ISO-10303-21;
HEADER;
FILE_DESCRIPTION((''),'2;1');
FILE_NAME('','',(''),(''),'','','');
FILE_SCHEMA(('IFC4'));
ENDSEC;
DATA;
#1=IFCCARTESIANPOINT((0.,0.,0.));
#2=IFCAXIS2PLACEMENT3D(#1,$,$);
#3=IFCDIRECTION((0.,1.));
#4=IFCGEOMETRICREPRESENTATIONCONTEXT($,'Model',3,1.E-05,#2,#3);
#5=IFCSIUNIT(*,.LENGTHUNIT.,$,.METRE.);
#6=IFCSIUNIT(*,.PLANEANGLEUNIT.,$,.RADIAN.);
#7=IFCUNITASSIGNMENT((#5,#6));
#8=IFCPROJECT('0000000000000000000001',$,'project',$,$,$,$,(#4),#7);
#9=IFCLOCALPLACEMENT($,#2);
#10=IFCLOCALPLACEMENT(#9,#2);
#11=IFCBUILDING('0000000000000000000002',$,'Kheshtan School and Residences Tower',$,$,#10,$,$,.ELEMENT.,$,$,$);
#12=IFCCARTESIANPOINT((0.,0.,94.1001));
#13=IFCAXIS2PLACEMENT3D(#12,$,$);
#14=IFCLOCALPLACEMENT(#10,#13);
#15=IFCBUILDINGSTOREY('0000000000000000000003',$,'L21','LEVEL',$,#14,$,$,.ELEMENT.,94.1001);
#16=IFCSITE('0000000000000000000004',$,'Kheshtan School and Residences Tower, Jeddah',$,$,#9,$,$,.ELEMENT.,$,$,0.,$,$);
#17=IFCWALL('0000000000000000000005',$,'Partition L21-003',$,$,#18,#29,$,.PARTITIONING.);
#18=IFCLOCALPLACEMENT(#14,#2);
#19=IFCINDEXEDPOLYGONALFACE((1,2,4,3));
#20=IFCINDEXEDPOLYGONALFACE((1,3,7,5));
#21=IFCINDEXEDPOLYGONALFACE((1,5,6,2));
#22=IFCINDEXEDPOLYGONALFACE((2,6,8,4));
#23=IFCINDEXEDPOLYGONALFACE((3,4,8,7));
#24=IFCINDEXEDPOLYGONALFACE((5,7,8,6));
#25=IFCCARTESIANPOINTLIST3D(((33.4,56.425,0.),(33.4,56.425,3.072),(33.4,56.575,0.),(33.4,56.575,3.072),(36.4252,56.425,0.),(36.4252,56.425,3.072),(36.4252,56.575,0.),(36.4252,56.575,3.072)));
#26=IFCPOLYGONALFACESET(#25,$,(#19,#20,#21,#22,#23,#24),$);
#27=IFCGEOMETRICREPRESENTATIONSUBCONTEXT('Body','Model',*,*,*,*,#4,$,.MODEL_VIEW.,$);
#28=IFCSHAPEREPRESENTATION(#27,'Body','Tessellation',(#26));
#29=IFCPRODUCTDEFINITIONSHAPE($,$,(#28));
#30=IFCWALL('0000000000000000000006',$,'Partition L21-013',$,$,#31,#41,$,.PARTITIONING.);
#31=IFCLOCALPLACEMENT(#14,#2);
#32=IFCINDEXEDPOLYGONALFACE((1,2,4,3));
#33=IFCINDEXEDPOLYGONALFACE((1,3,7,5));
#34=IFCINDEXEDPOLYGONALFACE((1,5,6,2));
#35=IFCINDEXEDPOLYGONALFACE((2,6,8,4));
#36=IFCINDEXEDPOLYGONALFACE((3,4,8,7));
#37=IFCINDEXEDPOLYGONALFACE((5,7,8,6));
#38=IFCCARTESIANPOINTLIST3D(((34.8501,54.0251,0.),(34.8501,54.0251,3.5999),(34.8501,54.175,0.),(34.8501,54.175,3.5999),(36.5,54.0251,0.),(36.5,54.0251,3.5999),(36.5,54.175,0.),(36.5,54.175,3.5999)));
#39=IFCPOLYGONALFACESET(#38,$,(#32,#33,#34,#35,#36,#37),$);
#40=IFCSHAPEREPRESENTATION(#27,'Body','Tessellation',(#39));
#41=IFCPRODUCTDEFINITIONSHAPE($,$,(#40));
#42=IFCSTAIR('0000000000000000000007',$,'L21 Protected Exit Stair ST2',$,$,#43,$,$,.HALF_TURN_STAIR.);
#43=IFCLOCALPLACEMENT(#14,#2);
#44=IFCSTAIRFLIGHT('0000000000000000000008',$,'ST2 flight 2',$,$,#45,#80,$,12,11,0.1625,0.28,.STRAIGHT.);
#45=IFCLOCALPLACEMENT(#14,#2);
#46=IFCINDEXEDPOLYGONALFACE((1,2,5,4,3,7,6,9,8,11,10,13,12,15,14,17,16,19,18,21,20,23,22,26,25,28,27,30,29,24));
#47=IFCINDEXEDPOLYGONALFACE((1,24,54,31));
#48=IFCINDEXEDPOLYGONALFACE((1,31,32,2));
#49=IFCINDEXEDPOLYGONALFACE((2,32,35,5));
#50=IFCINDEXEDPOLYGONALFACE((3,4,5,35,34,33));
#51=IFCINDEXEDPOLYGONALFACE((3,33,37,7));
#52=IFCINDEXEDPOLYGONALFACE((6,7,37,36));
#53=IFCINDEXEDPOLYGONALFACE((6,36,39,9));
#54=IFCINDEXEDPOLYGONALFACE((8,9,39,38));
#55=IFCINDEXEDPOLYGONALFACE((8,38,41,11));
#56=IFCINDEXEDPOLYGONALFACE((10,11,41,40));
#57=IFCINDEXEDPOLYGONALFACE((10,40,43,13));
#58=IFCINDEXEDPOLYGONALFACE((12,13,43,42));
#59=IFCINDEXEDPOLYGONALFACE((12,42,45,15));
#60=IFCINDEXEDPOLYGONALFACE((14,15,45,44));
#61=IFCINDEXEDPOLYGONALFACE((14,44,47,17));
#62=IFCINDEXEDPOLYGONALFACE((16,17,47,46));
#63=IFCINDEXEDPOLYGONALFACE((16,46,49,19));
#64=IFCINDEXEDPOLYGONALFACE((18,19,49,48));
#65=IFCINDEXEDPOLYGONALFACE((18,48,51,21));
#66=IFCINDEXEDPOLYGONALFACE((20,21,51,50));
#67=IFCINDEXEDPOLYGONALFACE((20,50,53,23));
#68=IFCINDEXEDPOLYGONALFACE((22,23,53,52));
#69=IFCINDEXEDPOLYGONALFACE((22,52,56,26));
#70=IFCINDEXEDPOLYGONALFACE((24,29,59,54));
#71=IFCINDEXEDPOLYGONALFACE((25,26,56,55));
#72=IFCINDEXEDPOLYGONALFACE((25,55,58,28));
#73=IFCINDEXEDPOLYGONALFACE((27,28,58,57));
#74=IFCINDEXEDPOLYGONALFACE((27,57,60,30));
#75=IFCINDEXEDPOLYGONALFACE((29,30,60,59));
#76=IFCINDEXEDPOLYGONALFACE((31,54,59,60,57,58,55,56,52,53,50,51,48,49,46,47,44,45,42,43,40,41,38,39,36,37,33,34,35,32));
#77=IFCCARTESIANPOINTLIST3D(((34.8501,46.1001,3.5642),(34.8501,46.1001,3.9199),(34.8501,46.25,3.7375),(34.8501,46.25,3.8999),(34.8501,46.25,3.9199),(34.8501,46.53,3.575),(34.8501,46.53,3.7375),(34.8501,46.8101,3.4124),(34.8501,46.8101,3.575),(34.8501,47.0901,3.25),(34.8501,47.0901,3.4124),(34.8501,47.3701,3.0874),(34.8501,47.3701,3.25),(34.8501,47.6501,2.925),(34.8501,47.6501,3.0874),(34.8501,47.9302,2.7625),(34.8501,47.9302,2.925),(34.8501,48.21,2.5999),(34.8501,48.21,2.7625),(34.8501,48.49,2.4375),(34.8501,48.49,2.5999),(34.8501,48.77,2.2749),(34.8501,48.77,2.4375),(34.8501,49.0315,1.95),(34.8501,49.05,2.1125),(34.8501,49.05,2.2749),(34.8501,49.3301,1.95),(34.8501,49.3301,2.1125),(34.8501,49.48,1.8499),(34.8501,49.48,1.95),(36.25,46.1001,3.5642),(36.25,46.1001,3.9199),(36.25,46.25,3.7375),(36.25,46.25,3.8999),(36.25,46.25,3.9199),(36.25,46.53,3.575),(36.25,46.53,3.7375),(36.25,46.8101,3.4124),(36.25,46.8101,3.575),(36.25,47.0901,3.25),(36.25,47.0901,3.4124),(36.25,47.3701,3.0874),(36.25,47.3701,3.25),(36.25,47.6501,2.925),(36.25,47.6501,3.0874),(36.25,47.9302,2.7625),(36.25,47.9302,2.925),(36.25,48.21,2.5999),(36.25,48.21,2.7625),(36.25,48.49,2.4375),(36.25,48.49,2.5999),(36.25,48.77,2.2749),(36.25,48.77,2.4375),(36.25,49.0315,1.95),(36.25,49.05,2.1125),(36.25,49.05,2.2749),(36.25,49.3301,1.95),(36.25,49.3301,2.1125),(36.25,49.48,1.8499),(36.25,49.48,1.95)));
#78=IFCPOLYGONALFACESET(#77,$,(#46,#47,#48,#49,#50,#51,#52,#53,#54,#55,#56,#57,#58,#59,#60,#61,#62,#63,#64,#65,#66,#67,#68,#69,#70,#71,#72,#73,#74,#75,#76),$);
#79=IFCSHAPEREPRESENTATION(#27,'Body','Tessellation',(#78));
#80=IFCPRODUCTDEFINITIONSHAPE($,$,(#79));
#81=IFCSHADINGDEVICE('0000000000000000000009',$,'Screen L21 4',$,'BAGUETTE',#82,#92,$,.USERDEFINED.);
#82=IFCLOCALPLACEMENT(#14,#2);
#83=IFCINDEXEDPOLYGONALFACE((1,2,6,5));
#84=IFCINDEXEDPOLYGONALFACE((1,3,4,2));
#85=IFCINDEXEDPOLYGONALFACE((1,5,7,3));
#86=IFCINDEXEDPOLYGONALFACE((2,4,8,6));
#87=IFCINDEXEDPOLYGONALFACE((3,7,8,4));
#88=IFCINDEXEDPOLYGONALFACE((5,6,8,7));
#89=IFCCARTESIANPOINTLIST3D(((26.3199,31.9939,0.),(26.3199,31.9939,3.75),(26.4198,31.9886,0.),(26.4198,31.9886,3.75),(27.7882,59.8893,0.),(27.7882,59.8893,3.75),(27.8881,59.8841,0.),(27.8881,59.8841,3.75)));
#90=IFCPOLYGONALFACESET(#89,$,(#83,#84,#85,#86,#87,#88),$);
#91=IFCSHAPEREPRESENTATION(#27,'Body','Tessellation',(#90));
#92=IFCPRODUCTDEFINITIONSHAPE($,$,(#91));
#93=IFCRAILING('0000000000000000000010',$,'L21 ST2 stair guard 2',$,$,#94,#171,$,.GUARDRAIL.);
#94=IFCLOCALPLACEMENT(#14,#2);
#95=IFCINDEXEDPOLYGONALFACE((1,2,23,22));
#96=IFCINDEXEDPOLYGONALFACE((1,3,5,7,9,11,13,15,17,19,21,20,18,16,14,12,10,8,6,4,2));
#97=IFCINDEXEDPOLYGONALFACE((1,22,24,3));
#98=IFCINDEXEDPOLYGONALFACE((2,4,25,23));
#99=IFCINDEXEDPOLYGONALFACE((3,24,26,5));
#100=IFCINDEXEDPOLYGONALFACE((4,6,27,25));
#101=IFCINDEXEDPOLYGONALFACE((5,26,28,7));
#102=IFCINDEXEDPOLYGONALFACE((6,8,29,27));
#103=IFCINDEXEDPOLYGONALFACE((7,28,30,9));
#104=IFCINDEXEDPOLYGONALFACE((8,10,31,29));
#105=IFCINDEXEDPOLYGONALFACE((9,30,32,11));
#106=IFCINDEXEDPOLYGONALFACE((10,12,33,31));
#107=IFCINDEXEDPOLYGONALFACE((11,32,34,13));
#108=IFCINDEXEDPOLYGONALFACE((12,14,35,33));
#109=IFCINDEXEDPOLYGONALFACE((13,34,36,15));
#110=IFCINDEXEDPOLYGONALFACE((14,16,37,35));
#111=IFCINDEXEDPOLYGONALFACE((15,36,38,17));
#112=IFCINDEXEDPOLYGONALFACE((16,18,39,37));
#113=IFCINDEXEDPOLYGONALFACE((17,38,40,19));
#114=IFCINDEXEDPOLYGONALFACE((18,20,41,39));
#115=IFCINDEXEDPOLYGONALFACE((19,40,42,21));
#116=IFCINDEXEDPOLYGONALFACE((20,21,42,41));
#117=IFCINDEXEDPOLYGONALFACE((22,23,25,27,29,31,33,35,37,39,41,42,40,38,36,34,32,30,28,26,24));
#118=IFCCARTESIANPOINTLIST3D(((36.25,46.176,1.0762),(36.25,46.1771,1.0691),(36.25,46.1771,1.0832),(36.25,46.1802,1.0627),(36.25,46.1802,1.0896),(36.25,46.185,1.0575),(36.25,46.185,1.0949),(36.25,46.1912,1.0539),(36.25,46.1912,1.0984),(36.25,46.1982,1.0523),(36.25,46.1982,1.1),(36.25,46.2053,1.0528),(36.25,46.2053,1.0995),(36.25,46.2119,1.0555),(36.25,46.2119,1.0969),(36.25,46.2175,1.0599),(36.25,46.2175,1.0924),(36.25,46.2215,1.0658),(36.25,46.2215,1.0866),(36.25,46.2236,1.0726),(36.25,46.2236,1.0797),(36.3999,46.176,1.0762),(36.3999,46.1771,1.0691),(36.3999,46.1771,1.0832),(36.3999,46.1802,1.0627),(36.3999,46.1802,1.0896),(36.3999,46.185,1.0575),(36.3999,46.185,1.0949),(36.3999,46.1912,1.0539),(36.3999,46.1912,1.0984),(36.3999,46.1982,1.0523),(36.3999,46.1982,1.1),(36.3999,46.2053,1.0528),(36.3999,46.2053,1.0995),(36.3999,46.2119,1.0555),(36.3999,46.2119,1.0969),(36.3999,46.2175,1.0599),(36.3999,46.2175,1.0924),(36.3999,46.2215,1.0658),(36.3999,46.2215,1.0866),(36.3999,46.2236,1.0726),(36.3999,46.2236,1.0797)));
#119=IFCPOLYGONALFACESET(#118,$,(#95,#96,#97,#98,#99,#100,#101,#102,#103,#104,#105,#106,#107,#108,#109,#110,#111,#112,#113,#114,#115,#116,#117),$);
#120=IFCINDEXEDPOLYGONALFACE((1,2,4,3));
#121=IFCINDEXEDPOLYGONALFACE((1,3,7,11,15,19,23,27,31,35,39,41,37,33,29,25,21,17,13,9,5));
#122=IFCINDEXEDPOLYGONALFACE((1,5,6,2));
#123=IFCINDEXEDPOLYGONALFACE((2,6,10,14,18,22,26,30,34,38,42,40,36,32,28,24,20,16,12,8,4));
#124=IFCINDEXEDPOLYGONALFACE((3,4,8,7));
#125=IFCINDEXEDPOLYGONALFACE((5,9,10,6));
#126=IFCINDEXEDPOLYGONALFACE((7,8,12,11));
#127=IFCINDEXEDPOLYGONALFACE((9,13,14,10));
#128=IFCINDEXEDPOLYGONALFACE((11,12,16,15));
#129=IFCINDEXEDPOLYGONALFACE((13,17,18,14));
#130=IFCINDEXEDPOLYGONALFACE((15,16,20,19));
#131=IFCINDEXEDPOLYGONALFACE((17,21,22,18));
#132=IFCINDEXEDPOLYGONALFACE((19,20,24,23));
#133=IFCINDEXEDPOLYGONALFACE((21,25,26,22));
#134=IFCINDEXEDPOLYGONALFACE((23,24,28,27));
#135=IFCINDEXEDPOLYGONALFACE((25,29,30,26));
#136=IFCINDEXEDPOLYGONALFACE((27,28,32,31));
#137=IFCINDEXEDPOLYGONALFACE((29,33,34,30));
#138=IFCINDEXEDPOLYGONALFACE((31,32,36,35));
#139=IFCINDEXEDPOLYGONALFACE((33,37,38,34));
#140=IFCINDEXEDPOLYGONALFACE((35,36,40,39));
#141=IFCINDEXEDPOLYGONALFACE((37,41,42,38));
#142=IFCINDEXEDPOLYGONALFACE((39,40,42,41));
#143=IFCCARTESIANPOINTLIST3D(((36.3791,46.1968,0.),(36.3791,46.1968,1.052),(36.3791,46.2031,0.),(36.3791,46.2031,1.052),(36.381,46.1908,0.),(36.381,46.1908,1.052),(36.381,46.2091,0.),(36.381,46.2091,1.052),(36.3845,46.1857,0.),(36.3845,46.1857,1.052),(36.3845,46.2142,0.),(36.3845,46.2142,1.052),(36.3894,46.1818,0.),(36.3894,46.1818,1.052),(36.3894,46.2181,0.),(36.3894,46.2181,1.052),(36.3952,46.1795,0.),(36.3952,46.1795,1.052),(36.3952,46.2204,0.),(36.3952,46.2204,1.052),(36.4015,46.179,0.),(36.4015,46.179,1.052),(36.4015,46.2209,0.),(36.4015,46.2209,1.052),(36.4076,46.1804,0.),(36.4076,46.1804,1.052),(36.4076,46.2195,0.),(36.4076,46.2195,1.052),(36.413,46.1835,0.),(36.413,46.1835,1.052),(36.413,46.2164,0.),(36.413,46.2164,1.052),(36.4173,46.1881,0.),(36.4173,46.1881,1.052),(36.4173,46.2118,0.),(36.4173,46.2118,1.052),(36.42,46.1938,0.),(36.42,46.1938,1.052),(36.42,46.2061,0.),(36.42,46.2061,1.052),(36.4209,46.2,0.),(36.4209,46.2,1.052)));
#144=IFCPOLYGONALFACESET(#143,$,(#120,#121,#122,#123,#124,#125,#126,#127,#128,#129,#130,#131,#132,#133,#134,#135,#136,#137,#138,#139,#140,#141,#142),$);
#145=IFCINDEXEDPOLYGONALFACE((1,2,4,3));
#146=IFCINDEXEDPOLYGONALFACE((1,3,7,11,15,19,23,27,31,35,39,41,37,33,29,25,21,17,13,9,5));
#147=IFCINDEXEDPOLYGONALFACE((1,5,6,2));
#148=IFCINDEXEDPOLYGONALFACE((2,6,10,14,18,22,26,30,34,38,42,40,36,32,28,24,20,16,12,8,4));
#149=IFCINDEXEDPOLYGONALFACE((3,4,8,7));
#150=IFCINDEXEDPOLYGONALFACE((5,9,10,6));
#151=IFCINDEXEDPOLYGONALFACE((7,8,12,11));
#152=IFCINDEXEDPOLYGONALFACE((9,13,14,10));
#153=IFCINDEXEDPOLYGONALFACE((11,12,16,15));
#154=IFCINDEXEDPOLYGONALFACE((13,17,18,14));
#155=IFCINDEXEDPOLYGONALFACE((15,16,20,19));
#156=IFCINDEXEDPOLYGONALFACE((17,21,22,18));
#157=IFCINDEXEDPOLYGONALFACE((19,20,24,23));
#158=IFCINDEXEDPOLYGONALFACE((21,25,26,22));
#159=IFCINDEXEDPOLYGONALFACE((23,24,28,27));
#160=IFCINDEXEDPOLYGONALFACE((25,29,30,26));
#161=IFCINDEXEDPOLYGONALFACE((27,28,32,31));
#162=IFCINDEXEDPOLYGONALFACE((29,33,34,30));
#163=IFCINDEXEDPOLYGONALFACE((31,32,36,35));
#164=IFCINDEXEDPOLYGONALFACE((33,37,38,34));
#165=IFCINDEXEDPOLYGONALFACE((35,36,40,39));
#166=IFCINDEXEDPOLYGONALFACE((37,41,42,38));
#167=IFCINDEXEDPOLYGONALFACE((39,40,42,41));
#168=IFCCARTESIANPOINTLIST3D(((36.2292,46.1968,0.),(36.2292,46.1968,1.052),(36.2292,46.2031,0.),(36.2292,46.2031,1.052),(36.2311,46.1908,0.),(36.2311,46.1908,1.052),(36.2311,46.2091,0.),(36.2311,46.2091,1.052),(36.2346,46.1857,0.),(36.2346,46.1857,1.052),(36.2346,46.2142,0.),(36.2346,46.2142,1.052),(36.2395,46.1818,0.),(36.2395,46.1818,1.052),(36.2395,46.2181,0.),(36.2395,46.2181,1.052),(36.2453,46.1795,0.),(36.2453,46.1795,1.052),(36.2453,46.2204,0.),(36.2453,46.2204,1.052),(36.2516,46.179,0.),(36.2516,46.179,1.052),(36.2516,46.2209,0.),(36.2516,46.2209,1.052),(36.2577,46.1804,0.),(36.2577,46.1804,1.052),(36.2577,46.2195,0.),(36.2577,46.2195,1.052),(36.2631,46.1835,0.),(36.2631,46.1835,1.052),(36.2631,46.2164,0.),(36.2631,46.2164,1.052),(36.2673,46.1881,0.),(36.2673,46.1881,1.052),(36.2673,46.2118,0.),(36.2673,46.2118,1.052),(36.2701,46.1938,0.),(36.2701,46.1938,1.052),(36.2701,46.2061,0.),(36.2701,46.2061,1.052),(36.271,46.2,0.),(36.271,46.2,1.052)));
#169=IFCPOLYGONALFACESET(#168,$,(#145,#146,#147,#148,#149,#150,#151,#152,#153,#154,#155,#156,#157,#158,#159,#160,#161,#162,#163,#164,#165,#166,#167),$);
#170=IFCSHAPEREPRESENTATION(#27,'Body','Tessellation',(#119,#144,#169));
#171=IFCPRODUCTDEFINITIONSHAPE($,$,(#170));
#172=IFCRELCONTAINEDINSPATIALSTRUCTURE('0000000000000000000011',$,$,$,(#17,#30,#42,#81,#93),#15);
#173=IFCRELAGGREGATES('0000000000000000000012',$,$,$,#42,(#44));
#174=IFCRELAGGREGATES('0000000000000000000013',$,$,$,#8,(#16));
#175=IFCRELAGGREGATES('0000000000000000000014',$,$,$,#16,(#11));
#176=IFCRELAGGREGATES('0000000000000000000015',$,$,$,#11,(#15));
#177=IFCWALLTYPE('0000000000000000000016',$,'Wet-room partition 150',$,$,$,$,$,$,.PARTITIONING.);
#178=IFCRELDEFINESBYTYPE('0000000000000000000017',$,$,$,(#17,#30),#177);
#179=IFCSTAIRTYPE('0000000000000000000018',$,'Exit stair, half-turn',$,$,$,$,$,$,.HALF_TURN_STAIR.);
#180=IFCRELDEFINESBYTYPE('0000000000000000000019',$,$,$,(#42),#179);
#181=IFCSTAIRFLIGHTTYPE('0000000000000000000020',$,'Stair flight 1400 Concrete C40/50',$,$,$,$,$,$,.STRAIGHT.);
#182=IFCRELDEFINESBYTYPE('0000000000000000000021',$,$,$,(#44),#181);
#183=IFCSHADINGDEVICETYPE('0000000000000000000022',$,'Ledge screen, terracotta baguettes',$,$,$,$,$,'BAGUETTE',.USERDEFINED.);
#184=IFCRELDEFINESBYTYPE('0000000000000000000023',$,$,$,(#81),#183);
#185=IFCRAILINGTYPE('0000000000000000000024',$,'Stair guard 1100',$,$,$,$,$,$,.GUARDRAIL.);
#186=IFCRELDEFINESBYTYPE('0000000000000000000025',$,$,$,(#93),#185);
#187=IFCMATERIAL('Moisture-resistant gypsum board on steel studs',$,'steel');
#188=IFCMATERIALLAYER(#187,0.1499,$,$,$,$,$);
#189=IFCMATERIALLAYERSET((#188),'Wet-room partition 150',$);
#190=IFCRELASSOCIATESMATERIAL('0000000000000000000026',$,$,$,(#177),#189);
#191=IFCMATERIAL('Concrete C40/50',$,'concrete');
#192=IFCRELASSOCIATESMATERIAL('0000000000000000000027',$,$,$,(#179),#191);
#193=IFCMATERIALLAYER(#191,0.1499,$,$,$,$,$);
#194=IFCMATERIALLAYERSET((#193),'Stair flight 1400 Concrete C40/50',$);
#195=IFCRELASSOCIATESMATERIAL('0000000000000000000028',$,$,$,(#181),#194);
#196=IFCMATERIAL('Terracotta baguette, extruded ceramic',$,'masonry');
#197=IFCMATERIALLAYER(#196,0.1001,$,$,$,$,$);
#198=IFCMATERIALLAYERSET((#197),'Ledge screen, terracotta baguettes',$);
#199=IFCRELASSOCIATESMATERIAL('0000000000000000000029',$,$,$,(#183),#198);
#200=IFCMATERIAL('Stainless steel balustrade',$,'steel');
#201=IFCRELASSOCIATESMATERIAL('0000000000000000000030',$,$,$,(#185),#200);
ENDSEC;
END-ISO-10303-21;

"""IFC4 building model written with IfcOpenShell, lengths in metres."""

from ifc_helpers import new_model, si_unit, direction, frame, frame_2d, origin, origin_2d, place, context, subcontext, project, spatial, polyline, rectangle, circle, outline, extrude, material, layer, layer_set, type_object, element, aggregate, save


model = new_model("IFC4")

# Units and contexts
model_context = context("Model", 3, precision=1e-05, world=origin(), true_north=direction((0.0, 1.0)))
body_context = subcontext(model_context, "Body", "Model", "MODEL_VIEW")
ifc_project = project(units=[si_unit("LENGTHUNIT", "METRE"), si_unit("PLANEANGLEUNIT", "RADIAN")], contexts=[model_context])

# Site, building, storey
site_placement = place(None, origin())
site = spatial("IfcSite", under=ifc_project, at=site_placement, Name="Kheshtan School and Residences Tower, Jeddah", CompositionType="ELEMENT", RefElevation=0.0)
building_placement = place(site_placement, origin())
building = spatial("IfcBuilding", under=site, at=building_placement, Name="Kheshtan School and Residences Tower", CompositionType="ELEMENT")
storey_placement = place(building_placement, frame((0.0, 0.0, 94.1001)))
storey = spatial("IfcBuildingStorey", under=building, at=storey_placement, Name="L21", Description="LEVEL", CompositionType="ELEMENT", Elevation=94.1001)

# Walls
ifc_material_1 = material(Name="Concrete C40/50", Category="concrete")
ifc_material_2 = material(Name="Moisture-resistant gypsum board on steel studs", Category="steel")
ifc_layer_1 = layer(ifc_material_2, 0.1499)
ifc_layer_set_1 = layer_set([ifc_layer_1], Name="Wet-room partition 150")
wall_type_1 = type_object("IfcWallType", Name="Wet-room partition 150", PredefinedType="PARTITIONING", material=ifc_layer_set_1)
wall_1_placement = place(storey_placement, frame((33.3999, 56.5, 0.0), z_axis=(0.0, 0.0, 1.0), x_axis=(1.0, 0.0, 0.0)))
element("IfcWall", 1, at=wall_1_placement, inside=storey, type_object=wall_type_1, Name="Partition L21-003", PredefinedType="PARTITIONING", context=body_context, shape_type="SweptSolid", body=[
    extrude(rectangle(XDim=3.0251, YDim=0.1499, at=frame_2d((1.5127, 0.0))), origin(), (0.0, 0.0, 1.0), 3.072),
])
wall_2_placement = place(storey_placement, frame((34.8501, 54.1001, 0.0), z_axis=(0.0, 0.0, 1.0), x_axis=(1.0, 0.0, 0.0)))
element("IfcWall", 2, at=wall_2_placement, inside=storey, type_object=wall_type_1, Name="Partition L21-013", PredefinedType="PARTITIONING", context=body_context, shape_type="SweptSolid", body=[
    extrude(rectangle(XDim=1.6499, YDim=0.1499, at=frame_2d((0.825, 0.0))), origin(), (0.0, 0.0, 1.0), 3.5999),
])

# Stair, stair flight
stair_type = type_object("IfcStairType", Name="Exit stair, half-turn", PredefinedType="HALF_TURN_STAIR", material=ifc_material_1)
stair_placement = place(storey_placement, origin())
stair = element("IfcStair", 3, at=stair_placement, inside=storey, type_object=stair_type, Name="L21 Protected Exit Stair ST2", PredefinedType="HALF_TURN_STAIR")
ifc_layer_2 = layer(ifc_material_1, 0.1499)
ifc_layer_set_2 = layer_set([ifc_layer_2], Name="Stair flight 1400 Concrete C40/50")
stair_flight_type = type_object("IfcStairFlightType", Name="Stair flight 1400 Concrete C40/50", PredefinedType="STRAIGHT", material=ifc_layer_set_2)
stair_flight_placement = place(storey_placement, frame((35.55, 49.3301, 1.95), z_axis=(0.0, 0.0, 1.0), x_axis=(0.0, -1.0, 0.0)))
stair_flight = element("IfcStairFlight", 4, at=stair_flight_placement, type_object=stair_flight_type, Name="ST2 flight 2", NumberOfRisers=12, NumberOfTreads=11, PredefinedType="STRAIGHT", RiserHeight=0.1625, TreadLength=0.28, context=body_context, shape_type="SweptSolid", body=[
    extrude(outline(polyline([(-0.1499, -0.1001), (-0.1499, 0.0), (0.0, 0.0), (0.0, 0.1626), (0.28, 0.1626), (0.28, 0.325), (0.5601, 0.325), (0.5601, 0.4875), (0.8401, 0.4875), (0.8401, 0.6499), (1.1201, 0.6499), (1.1201, 0.8125), (1.3999, 0.8125), (1.3999, 0.9751), (1.6799, 0.9751), (1.6799, 1.1375), (1.96, 1.1375), (1.96, 1.3), (2.24, 1.3), (2.24, 1.4624), (2.52, 1.4624), (2.52, 1.625), (2.8, 1.625), (2.8, 1.7876), (3.0801, 1.7876), (3.0801, 1.95), (3.0801, 1.97), (3.23, 1.97), (3.23, 1.6143), (0.2986, 0.0), (-0.1499, -0.1001)])), frame((0.0, 0.7, 0.0), z_axis=(0.0, -1.0, 0.0), x_axis=(1.0, 0.0, 0.0)), (0.0, 0.0, 1.0), 1.3999),
])
aggregate(stair, [stair_flight])

# Shading device
ifc_material_3 = material(Name="Terracotta baguette, extruded ceramic", Category="masonry")
ifc_layer_3 = layer(ifc_material_3, 0.1001)
ifc_layer_set_3 = layer_set([ifc_layer_3], Name="Ledge screen, terracotta baguettes")
shading_device_type = type_object("IfcShadingDeviceType", Name="Ledge screen, terracotta baguettes", ElementType="BAGUETTE", PredefinedType="USERDEFINED", material=ifc_layer_set_3)
shading_device_placement = place(storey_placement, frame((27.104, 45.939, 0.0), z_axis=(0.0, 0.0, 1.0), x_axis=(0.052563, 0.998618, 0.0)))
element("IfcShadingDevice", 5, at=shading_device_placement, inside=storey, type_object=shading_device_type, Name="Screen L21 4", ObjectType="BAGUETTE", PredefinedType="USERDEFINED", context=body_context, shape_type="SweptSolid", body=[
    extrude(rectangle(XDim=27.9341, YDim=0.1001, at=origin_2d()), origin(), (0.0, 0.0, 1.0), 3.75),
])

# Railing
ifc_material_4 = material(Name="Stainless steel balustrade", Category="steel")
railing_type_1 = type_object("IfcRailingType", Name="Stair guard 1100", PredefinedType="GUARDRAIL", material=ifc_material_4)
railing_1_placement = place(storey_placement, frame((36.3999, 46.2, 0.0)))
element("IfcRailing", 6, at=railing_1_placement, inside=storey, type_object=railing_type_1, Name="L21 ST2 stair guard 2", PredefinedType="GUARDRAIL", context=body_context, shape_type="SweptSolid", body=[
    extrude(circle(Radius=0.0239, at=origin_2d()), frame((0.0, 0.0, 1.0762), z_axis=(-1.0, 0.0, 0.0), x_axis=(0.0, -1.0, 0.0)), (0.0, 0.0, 1.0), 0.1499),
    extrude(circle(Radius=0.021, at=origin_2d()), origin(), (0.0, 0.0, 1.0), 1.052),
    extrude(circle(Radius=0.021, at=origin_2d()), frame((-0.1499, 0.0, 0.0)), (0.0, 0.0, 1.0), 1.052),
])

save(model, "model.ifc")
